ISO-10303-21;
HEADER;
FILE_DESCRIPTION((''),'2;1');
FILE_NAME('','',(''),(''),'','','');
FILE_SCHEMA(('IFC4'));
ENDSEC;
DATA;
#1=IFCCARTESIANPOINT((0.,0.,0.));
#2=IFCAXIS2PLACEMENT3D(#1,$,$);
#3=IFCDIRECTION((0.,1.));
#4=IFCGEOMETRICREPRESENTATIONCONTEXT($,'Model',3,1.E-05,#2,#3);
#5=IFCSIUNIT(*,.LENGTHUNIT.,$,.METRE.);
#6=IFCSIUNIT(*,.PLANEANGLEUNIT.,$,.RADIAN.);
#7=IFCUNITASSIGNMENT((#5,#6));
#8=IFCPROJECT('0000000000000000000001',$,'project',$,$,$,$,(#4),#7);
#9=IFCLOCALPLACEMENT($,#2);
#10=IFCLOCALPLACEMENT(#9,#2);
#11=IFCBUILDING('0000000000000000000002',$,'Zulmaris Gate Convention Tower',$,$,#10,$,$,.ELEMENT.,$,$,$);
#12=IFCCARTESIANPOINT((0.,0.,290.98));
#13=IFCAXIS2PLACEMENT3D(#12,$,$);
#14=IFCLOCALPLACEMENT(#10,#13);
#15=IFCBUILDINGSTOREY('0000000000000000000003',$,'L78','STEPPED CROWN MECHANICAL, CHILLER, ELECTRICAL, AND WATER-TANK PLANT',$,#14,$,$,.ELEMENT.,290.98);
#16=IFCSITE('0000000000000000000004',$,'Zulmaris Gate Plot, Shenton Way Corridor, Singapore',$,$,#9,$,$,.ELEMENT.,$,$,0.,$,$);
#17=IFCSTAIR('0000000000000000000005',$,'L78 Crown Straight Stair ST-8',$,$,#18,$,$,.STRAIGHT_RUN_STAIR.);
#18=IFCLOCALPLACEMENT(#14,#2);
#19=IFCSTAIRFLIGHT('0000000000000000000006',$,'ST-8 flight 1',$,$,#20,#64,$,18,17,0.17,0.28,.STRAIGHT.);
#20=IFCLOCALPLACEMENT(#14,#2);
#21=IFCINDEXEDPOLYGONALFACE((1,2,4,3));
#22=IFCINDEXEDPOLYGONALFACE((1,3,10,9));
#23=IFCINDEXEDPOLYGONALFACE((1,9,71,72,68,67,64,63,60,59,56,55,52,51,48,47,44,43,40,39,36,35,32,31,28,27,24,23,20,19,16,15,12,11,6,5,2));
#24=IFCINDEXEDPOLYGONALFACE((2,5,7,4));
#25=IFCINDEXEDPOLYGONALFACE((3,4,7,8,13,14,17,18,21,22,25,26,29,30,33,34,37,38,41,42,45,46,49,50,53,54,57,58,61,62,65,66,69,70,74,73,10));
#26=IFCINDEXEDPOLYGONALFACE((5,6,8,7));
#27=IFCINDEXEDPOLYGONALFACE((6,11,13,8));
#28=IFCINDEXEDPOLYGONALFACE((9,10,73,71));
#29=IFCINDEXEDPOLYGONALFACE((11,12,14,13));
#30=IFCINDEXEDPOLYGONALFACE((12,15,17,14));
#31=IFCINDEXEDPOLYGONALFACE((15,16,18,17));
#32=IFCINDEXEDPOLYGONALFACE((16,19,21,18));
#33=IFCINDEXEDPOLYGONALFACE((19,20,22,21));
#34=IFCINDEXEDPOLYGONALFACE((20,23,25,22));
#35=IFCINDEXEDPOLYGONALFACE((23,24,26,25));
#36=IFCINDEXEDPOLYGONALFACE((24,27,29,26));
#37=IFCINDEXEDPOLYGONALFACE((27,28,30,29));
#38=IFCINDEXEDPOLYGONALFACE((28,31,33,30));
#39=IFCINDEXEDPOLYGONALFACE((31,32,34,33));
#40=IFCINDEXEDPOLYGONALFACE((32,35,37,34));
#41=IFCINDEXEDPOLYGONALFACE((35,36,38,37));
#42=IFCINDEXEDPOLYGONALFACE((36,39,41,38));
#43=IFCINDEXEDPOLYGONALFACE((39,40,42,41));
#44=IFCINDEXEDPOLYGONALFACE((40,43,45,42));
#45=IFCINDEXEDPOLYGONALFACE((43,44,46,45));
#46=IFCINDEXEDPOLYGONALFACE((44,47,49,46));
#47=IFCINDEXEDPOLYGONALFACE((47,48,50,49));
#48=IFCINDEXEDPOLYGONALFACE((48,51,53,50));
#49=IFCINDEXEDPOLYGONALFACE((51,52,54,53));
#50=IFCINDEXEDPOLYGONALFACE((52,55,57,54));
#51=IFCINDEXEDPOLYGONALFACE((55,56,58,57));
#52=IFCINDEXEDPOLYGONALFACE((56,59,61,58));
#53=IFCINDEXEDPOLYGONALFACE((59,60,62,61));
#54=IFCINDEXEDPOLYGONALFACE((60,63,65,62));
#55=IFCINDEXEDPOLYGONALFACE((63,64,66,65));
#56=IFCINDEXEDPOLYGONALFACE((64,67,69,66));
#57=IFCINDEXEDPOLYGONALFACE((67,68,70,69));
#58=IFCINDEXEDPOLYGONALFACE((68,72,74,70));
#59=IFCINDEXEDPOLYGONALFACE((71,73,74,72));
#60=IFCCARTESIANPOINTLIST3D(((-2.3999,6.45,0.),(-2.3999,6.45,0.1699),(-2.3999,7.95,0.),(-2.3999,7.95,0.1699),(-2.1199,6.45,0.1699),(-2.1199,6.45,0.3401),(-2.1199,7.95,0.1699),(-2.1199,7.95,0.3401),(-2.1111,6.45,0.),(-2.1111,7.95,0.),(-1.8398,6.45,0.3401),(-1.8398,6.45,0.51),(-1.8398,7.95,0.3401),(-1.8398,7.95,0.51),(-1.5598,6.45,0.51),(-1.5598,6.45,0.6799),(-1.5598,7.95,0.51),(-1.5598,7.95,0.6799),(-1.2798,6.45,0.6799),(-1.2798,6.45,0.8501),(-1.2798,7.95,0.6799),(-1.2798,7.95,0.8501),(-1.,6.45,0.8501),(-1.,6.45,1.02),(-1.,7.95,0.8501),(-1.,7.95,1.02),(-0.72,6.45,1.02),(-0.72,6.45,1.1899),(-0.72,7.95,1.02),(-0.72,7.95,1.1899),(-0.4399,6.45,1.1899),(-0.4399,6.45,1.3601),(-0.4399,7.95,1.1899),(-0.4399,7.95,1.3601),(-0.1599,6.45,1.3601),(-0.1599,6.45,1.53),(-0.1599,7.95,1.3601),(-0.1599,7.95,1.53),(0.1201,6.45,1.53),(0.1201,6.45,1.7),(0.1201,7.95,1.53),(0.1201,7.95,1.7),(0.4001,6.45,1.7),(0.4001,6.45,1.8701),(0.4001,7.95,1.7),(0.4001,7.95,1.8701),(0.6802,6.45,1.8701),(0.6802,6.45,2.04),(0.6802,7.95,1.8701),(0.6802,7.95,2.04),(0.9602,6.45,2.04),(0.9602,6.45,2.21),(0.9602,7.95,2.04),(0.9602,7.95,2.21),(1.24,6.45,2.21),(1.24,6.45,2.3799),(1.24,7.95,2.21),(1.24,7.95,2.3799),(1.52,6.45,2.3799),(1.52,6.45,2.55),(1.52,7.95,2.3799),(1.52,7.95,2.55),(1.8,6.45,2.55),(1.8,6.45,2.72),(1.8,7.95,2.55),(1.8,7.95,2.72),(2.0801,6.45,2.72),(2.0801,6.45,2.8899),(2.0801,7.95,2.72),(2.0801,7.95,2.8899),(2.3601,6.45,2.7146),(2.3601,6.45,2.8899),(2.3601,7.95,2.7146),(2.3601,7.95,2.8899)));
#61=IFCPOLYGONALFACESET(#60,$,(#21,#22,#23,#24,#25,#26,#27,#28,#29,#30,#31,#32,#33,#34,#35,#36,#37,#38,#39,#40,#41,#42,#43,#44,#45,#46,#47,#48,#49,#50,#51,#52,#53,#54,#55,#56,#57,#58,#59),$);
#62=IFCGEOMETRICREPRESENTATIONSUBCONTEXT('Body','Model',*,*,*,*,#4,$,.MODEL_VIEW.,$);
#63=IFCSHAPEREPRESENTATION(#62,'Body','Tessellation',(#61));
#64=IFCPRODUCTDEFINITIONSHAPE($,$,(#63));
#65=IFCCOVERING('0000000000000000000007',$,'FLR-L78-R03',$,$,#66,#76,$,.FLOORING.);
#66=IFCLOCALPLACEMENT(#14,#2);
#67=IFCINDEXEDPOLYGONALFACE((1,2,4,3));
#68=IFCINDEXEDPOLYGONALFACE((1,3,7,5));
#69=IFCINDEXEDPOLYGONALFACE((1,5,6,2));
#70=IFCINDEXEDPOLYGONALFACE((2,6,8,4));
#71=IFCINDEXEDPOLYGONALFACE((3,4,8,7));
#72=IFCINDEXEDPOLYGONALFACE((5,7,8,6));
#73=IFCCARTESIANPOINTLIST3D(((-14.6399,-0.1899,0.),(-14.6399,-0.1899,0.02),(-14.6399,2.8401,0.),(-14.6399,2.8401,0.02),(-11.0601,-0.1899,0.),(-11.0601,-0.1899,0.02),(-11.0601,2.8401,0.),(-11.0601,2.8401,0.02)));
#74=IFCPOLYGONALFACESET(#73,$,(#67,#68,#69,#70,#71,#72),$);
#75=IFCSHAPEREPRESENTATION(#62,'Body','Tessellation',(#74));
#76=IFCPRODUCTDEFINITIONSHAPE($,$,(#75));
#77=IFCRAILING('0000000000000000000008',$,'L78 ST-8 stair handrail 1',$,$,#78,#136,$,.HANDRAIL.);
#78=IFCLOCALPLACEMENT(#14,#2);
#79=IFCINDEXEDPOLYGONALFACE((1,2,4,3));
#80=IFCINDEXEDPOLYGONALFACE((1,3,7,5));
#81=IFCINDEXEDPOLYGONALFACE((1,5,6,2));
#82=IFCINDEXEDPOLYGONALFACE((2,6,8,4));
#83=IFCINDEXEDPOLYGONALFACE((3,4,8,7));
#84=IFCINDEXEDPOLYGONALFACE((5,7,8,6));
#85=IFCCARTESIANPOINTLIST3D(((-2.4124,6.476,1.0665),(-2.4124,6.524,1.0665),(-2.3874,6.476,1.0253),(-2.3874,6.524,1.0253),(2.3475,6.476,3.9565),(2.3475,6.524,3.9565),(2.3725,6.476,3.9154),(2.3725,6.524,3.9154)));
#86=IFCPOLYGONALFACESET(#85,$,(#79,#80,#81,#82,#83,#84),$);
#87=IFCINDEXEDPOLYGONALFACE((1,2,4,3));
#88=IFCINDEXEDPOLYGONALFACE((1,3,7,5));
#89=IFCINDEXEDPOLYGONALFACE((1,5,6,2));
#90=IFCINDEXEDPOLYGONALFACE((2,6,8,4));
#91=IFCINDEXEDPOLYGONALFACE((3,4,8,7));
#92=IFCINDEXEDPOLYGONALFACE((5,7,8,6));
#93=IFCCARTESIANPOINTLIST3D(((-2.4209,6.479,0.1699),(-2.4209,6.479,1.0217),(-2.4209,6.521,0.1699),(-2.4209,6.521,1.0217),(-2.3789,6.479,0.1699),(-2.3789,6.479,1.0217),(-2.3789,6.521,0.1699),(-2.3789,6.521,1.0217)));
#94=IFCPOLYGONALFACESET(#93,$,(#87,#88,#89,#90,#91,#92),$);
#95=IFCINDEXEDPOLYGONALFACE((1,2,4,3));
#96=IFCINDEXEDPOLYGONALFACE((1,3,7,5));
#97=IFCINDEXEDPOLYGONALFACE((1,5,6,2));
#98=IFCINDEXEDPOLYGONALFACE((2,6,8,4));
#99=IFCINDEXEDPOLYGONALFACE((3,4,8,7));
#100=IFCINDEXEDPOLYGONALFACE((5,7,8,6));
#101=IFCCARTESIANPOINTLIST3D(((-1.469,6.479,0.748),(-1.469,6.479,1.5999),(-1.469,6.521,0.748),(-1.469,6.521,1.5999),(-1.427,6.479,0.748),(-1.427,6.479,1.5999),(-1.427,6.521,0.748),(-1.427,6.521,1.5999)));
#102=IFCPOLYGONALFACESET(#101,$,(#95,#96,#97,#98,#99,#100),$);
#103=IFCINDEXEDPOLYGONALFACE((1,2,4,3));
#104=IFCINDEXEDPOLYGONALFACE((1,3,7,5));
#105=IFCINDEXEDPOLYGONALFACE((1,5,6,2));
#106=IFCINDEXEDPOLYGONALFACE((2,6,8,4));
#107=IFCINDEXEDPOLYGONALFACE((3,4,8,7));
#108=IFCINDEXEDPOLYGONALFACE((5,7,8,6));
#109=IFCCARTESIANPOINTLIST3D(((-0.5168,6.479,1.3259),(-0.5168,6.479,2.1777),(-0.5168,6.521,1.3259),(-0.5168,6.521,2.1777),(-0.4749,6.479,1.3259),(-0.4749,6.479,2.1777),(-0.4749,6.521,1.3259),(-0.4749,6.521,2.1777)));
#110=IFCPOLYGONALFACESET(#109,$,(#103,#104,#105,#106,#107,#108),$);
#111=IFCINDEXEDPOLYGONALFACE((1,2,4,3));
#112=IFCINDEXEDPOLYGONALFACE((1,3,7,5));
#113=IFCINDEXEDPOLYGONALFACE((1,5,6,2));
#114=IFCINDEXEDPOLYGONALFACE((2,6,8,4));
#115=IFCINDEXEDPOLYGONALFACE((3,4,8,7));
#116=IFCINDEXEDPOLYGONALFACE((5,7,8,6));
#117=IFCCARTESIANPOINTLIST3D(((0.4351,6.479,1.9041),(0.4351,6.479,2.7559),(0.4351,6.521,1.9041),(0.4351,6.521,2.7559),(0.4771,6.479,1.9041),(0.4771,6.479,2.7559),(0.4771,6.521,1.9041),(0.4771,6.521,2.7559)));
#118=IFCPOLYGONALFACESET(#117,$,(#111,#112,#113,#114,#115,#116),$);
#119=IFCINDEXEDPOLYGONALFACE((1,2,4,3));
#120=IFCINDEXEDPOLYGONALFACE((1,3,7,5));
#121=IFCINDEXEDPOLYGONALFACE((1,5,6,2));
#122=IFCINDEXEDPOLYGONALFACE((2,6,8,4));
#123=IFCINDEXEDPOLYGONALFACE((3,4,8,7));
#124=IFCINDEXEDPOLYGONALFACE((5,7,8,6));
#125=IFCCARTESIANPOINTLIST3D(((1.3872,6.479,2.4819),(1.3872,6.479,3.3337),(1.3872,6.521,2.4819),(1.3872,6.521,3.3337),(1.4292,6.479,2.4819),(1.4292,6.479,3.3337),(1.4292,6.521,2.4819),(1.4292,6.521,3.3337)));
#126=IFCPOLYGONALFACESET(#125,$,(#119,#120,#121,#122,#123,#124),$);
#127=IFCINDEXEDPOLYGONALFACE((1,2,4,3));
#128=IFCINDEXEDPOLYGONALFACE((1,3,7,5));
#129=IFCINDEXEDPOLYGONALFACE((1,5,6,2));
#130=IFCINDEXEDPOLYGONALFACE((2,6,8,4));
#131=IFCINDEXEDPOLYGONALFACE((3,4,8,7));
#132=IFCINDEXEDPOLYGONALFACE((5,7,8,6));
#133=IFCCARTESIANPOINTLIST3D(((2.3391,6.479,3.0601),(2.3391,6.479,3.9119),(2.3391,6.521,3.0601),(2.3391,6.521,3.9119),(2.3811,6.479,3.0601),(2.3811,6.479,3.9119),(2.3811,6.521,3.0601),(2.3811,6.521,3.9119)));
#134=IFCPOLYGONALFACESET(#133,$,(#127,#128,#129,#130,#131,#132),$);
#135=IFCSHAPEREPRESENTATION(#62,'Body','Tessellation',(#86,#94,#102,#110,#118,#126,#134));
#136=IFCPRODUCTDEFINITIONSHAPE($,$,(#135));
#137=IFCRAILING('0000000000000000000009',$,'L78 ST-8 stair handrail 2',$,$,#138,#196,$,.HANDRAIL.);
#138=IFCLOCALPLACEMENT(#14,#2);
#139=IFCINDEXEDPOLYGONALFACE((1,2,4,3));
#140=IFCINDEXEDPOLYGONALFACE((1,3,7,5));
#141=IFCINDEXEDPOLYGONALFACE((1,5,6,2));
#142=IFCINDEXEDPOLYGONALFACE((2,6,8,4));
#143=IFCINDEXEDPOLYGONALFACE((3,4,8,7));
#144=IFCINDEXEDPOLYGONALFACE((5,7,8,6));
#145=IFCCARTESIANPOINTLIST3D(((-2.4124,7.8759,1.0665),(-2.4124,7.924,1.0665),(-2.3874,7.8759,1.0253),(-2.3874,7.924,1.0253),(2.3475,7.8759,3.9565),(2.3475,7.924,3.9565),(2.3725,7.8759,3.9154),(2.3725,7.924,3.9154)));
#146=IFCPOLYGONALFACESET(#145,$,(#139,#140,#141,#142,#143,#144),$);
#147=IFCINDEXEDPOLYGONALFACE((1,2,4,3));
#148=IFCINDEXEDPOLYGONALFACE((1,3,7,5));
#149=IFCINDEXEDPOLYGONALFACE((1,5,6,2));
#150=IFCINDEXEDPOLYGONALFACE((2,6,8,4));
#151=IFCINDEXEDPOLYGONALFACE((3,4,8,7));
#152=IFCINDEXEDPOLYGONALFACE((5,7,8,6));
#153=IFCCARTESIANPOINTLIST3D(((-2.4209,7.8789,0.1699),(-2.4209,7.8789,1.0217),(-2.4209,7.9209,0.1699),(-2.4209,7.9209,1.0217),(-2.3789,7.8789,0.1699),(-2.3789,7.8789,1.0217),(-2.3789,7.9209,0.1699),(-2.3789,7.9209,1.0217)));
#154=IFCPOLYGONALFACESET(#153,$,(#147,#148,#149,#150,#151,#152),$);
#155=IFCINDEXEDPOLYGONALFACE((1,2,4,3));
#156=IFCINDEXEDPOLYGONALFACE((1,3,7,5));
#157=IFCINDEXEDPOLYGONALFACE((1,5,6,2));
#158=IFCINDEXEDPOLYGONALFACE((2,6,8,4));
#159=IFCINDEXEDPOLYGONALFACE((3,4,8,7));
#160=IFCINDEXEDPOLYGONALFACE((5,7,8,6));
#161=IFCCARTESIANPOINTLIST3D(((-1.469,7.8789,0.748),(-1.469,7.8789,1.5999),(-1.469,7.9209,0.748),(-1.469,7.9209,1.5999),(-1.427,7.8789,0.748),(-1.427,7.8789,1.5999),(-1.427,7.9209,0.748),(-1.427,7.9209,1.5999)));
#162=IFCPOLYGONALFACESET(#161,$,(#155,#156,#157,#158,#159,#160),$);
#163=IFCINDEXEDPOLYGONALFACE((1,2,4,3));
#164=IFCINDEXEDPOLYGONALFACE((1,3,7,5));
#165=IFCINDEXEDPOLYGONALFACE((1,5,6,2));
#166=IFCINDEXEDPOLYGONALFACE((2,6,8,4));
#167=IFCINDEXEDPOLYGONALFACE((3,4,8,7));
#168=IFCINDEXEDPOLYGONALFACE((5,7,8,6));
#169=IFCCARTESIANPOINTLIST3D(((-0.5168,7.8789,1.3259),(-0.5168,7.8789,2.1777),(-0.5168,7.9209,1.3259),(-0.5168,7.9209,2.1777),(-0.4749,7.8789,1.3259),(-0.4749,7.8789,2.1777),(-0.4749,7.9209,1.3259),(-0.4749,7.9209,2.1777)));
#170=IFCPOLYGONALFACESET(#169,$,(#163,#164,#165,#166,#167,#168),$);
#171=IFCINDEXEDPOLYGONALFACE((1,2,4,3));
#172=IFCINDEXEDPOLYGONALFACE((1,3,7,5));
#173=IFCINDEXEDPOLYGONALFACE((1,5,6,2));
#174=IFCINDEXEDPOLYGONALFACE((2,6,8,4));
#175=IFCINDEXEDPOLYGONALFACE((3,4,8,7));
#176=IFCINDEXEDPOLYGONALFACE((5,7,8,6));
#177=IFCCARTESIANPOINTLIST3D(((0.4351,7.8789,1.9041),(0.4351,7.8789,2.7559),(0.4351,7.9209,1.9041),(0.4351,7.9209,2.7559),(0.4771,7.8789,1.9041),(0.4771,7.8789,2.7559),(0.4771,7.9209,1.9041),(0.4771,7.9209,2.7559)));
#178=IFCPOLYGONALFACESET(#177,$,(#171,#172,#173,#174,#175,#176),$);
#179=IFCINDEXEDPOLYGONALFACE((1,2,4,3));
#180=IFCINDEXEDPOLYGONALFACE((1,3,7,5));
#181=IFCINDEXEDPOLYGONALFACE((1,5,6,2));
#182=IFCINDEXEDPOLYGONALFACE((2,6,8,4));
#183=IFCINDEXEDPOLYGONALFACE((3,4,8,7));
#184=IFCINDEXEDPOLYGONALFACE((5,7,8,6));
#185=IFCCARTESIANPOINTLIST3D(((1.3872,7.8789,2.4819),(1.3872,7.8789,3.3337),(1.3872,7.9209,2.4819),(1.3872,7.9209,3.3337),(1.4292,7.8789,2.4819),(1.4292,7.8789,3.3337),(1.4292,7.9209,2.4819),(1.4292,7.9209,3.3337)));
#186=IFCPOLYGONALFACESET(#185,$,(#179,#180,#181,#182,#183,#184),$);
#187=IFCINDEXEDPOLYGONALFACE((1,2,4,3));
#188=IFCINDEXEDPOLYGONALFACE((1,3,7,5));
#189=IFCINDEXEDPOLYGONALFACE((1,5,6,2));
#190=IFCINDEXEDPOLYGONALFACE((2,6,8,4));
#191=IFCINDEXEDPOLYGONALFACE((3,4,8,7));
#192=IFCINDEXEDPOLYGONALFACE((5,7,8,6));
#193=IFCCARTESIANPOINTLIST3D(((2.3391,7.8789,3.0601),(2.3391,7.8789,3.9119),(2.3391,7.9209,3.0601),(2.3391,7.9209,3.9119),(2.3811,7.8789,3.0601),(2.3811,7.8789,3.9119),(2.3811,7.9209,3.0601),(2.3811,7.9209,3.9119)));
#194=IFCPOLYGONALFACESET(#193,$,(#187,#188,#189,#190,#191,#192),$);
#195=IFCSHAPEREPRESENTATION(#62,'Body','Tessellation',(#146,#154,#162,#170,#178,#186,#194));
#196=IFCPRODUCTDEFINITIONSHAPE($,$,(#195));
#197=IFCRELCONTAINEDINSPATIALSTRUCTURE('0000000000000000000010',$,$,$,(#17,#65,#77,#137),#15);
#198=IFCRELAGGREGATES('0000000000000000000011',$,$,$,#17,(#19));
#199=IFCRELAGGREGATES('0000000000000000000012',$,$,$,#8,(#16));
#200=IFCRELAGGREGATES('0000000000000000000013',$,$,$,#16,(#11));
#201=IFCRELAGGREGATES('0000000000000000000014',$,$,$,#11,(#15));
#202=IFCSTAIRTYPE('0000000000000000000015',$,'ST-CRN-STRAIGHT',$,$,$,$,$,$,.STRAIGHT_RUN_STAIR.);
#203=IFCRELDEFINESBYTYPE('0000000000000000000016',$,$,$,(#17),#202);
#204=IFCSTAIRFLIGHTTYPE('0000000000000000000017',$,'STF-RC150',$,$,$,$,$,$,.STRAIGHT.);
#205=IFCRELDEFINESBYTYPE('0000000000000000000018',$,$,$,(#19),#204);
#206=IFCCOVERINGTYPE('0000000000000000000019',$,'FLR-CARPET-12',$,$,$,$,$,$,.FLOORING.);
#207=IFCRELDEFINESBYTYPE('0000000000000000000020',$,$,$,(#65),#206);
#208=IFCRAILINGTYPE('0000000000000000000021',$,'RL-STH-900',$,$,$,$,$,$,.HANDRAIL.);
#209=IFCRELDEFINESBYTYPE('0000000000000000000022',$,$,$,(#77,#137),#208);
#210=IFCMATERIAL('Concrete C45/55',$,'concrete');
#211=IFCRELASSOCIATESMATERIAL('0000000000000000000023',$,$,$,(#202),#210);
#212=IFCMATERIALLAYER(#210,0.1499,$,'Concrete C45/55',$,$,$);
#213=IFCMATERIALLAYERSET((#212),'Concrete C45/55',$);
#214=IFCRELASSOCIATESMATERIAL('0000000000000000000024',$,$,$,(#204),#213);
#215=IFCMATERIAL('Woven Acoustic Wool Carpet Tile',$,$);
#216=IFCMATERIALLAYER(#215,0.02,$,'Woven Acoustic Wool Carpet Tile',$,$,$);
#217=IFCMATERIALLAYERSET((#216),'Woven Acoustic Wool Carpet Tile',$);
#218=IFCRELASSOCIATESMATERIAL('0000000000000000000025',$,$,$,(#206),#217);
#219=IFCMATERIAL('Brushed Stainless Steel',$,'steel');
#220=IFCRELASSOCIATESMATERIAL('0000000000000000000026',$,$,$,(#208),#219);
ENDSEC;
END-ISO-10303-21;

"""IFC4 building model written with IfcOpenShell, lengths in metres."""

from ifc_helpers import new_model, si_unit, direction, frame, origin, origin_2d, place, context, subcontext, project, spatial, polyline, rectangle, outline, extrude, material, layer, layer_set, type_object, element, aggregate, save


model = new_model("IFC4")

# Units and contexts
model_context = context("Model", 3, precision=1e-05, world=origin(), true_north=direction((0.0, 1.0)))
body_context = subcontext(model_context, "Body", "Model", "MODEL_VIEW")
ifc_project = project(units=[si_unit("LENGTHUNIT", "METRE"), si_unit("PLANEANGLEUNIT", "RADIAN")], contexts=[model_context])

# Site, building, storey
site_placement = place(None, origin())
site = spatial("IfcSite", under=ifc_project, at=site_placement, Name="Zulmaris Gate Plot, Shenton Way Corridor, Singapore", CompositionType="ELEMENT", RefElevation=0.0)
building_placement = place(site_placement, origin())
building = spatial("IfcBuilding", under=site, at=building_placement, Name="Zulmaris Gate Convention Tower", CompositionType="ELEMENT")
storey_placement = place(building_placement, frame((0.0, 0.0, 290.98)))
storey = spatial("IfcBuildingStorey", under=building, at=storey_placement, Name="L78", Description="STEPPED CROWN MECHANICAL, CHILLER, ELECTRICAL, AND WATER-TANK PLANT", CompositionType="ELEMENT", Elevation=290.98)

# Shared definitions
ifc_material_1 = material(Name="Brushed Stainless Steel", Category="steel")

# Stair, stair flight
ifc_material_2 = material(Name="Concrete C45/55", Category="concrete")
stair_type = type_object("IfcStairType", Name="ST-CRN-STRAIGHT", PredefinedType="STRAIGHT_RUN_STAIR", material=ifc_material_2)
stair_placement = place(storey_placement, origin())
stair = element("IfcStair", 1, at=stair_placement, inside=storey, type_object=stair_type, Name="L78 Crown Straight Stair ST-8", PredefinedType="STRAIGHT_RUN_STAIR")
ifc_layer_1 = layer(ifc_material_2, 0.1499, Name="Concrete C45/55")
ifc_layer_set_1 = layer_set([ifc_layer_1], Name="Concrete C45/55")
stair_flight_type = type_object("IfcStairFlightType", Name="STF-RC150", PredefinedType="STRAIGHT", material=ifc_layer_set_1)
stair_flight_placement = place(storey_placement, frame((-2.3999, 7.2, 0.0), z_axis=(0.0, 0.0, 1.0), x_axis=(1.0, 0.0, 0.0)))
stair_flight = element("IfcStairFlight", 2, at=stair_flight_placement, type_object=stair_flight_type, Name="ST-8 flight 1", NumberOfRisers=18, NumberOfTreads=17, PredefinedType="STRAIGHT", RiserHeight=0.17, TreadLength=0.28, context=body_context, shape_type="SweptSolid", body=[
    extrude(outline(polyline([(0.0, 0.0), (0.0, 0.1699), (0.28, 0.1699), (0.28, 0.3401), (0.5601, 0.3401), (0.5601, 0.51), (0.8401, 0.51), (0.8401, 0.6799), (1.1201, 0.6799), (1.1201, 0.8501), (1.3999, 0.8501), (1.3999, 1.02), (1.6799, 1.02), (1.6799, 1.1899), (1.96, 1.1899), (1.96, 1.3601), (2.24, 1.3601), (2.24, 1.53), (2.52, 1.53), (2.52, 1.7), (2.8, 1.7), (2.8, 1.8701), (3.0801, 1.8701), (3.0801, 2.04), (3.3601, 2.04), (3.3601, 2.21), (3.6399, 2.21), (3.6399, 2.3799), (3.9199, 2.3799), (3.9199, 2.55), (4.2, 2.55), (4.2, 2.72), (4.48, 2.72), (4.48, 2.8899), (4.76, 2.8899), (4.76, 3.0601), (4.76, 2.7146), (0.2888, 0.0), (0.0, 0.0)])), frame((0.0, 0.75, 0.0), z_axis=(0.0, -1.0, 0.0), x_axis=(1.0, 0.0, 0.0)), (0.0, 0.0, 1.0), 1.5),
])
aggregate(stair, [stair_flight])

# Covering
ifc_material_3 = material(Name="Woven Acoustic Wool Carpet Tile")
ifc_layer_2 = layer(ifc_material_3, 0.02, Name="Woven Acoustic Wool Carpet Tile")
ifc_layer_set_2 = layer_set([ifc_layer_2], Name="Woven Acoustic Wool Carpet Tile")
covering_type = type_object("IfcCoveringType", Name="FLR-CARPET-12", PredefinedType="FLOORING", material=ifc_layer_set_2)
covering_placement = place(storey_placement, origin())
element("IfcCovering", 3, at=covering_placement, inside=storey, type_object=covering_type, Name="FLR-L78-R03", PredefinedType="FLOORING", context=body_context, shape_type="SweptSolid", body=[
    extrude(outline(polyline([(-14.6399, -0.1899), (-11.0601, -0.1899), (-11.0601, 2.8401), (-14.6399, 2.8401), (-14.6399, -0.1899)])), origin(), (0.0, 0.0, 1.0), 0.02),
])

# Railings
railing_type = type_object("IfcRailingType", Name="RL-STH-900", PredefinedType="HANDRAIL", material=ifc_material_1)
for number, where, name in (
    (4, (-2.3999, 6.5, 0.1699), "L78 ST-8 stair handrail 1"),
    (5, (-2.3999, 7.8999, 0.1699), "L78 ST-8 stair handrail 2"),
):
    element("IfcRailing", number, at=place(storey_placement, frame(where)), inside=storey, type_object=railing_type, Name=name, PredefinedType="HANDRAIL", context=body_context, shape_type="SweptSolid", body=[
        extrude(rectangle(XDim=0.0481, YDim=0.0481, at=origin_2d()), frame((0.0, 0.0, 0.876), z_axis=(0.854777, 0.0, 0.518995), x_axis=(0.0, 1.0, 0.0)), (0.0, 0.0, 1.0), 5.5686),
        extrude(rectangle(XDim=0.042, YDim=0.042, at=origin_2d()), origin(), (0.0, 0.0, 1.0), 0.8518),
        extrude(rectangle(XDim=0.042, YDim=0.042, at=origin_2d()), frame((0.9519, 0.0, 0.5781)), (0.0, 0.0, 1.0), 0.8518),
        extrude(rectangle(XDim=0.042, YDim=0.042, at=origin_2d()), frame((1.9041, 0.0, 1.156)), (0.0, 0.0, 1.0), 0.8518),
        extrude(rectangle(XDim=0.042, YDim=0.042, at=origin_2d()), frame((2.856, 0.0, 1.7341)), (0.0, 0.0, 1.0), 0.8518),
        extrude(rectangle(XDim=0.042, YDim=0.042, at=origin_2d()), frame((3.8081, 0.0, 2.312)), (0.0, 0.0, 1.0), 0.8518),
        extrude(rectangle(XDim=0.042, YDim=0.042, at=origin_2d()), frame((4.76, 0.0, 2.8901)), (0.0, 0.0, 1.0), 0.8518),
    ])

save(model, "model.ifc")
